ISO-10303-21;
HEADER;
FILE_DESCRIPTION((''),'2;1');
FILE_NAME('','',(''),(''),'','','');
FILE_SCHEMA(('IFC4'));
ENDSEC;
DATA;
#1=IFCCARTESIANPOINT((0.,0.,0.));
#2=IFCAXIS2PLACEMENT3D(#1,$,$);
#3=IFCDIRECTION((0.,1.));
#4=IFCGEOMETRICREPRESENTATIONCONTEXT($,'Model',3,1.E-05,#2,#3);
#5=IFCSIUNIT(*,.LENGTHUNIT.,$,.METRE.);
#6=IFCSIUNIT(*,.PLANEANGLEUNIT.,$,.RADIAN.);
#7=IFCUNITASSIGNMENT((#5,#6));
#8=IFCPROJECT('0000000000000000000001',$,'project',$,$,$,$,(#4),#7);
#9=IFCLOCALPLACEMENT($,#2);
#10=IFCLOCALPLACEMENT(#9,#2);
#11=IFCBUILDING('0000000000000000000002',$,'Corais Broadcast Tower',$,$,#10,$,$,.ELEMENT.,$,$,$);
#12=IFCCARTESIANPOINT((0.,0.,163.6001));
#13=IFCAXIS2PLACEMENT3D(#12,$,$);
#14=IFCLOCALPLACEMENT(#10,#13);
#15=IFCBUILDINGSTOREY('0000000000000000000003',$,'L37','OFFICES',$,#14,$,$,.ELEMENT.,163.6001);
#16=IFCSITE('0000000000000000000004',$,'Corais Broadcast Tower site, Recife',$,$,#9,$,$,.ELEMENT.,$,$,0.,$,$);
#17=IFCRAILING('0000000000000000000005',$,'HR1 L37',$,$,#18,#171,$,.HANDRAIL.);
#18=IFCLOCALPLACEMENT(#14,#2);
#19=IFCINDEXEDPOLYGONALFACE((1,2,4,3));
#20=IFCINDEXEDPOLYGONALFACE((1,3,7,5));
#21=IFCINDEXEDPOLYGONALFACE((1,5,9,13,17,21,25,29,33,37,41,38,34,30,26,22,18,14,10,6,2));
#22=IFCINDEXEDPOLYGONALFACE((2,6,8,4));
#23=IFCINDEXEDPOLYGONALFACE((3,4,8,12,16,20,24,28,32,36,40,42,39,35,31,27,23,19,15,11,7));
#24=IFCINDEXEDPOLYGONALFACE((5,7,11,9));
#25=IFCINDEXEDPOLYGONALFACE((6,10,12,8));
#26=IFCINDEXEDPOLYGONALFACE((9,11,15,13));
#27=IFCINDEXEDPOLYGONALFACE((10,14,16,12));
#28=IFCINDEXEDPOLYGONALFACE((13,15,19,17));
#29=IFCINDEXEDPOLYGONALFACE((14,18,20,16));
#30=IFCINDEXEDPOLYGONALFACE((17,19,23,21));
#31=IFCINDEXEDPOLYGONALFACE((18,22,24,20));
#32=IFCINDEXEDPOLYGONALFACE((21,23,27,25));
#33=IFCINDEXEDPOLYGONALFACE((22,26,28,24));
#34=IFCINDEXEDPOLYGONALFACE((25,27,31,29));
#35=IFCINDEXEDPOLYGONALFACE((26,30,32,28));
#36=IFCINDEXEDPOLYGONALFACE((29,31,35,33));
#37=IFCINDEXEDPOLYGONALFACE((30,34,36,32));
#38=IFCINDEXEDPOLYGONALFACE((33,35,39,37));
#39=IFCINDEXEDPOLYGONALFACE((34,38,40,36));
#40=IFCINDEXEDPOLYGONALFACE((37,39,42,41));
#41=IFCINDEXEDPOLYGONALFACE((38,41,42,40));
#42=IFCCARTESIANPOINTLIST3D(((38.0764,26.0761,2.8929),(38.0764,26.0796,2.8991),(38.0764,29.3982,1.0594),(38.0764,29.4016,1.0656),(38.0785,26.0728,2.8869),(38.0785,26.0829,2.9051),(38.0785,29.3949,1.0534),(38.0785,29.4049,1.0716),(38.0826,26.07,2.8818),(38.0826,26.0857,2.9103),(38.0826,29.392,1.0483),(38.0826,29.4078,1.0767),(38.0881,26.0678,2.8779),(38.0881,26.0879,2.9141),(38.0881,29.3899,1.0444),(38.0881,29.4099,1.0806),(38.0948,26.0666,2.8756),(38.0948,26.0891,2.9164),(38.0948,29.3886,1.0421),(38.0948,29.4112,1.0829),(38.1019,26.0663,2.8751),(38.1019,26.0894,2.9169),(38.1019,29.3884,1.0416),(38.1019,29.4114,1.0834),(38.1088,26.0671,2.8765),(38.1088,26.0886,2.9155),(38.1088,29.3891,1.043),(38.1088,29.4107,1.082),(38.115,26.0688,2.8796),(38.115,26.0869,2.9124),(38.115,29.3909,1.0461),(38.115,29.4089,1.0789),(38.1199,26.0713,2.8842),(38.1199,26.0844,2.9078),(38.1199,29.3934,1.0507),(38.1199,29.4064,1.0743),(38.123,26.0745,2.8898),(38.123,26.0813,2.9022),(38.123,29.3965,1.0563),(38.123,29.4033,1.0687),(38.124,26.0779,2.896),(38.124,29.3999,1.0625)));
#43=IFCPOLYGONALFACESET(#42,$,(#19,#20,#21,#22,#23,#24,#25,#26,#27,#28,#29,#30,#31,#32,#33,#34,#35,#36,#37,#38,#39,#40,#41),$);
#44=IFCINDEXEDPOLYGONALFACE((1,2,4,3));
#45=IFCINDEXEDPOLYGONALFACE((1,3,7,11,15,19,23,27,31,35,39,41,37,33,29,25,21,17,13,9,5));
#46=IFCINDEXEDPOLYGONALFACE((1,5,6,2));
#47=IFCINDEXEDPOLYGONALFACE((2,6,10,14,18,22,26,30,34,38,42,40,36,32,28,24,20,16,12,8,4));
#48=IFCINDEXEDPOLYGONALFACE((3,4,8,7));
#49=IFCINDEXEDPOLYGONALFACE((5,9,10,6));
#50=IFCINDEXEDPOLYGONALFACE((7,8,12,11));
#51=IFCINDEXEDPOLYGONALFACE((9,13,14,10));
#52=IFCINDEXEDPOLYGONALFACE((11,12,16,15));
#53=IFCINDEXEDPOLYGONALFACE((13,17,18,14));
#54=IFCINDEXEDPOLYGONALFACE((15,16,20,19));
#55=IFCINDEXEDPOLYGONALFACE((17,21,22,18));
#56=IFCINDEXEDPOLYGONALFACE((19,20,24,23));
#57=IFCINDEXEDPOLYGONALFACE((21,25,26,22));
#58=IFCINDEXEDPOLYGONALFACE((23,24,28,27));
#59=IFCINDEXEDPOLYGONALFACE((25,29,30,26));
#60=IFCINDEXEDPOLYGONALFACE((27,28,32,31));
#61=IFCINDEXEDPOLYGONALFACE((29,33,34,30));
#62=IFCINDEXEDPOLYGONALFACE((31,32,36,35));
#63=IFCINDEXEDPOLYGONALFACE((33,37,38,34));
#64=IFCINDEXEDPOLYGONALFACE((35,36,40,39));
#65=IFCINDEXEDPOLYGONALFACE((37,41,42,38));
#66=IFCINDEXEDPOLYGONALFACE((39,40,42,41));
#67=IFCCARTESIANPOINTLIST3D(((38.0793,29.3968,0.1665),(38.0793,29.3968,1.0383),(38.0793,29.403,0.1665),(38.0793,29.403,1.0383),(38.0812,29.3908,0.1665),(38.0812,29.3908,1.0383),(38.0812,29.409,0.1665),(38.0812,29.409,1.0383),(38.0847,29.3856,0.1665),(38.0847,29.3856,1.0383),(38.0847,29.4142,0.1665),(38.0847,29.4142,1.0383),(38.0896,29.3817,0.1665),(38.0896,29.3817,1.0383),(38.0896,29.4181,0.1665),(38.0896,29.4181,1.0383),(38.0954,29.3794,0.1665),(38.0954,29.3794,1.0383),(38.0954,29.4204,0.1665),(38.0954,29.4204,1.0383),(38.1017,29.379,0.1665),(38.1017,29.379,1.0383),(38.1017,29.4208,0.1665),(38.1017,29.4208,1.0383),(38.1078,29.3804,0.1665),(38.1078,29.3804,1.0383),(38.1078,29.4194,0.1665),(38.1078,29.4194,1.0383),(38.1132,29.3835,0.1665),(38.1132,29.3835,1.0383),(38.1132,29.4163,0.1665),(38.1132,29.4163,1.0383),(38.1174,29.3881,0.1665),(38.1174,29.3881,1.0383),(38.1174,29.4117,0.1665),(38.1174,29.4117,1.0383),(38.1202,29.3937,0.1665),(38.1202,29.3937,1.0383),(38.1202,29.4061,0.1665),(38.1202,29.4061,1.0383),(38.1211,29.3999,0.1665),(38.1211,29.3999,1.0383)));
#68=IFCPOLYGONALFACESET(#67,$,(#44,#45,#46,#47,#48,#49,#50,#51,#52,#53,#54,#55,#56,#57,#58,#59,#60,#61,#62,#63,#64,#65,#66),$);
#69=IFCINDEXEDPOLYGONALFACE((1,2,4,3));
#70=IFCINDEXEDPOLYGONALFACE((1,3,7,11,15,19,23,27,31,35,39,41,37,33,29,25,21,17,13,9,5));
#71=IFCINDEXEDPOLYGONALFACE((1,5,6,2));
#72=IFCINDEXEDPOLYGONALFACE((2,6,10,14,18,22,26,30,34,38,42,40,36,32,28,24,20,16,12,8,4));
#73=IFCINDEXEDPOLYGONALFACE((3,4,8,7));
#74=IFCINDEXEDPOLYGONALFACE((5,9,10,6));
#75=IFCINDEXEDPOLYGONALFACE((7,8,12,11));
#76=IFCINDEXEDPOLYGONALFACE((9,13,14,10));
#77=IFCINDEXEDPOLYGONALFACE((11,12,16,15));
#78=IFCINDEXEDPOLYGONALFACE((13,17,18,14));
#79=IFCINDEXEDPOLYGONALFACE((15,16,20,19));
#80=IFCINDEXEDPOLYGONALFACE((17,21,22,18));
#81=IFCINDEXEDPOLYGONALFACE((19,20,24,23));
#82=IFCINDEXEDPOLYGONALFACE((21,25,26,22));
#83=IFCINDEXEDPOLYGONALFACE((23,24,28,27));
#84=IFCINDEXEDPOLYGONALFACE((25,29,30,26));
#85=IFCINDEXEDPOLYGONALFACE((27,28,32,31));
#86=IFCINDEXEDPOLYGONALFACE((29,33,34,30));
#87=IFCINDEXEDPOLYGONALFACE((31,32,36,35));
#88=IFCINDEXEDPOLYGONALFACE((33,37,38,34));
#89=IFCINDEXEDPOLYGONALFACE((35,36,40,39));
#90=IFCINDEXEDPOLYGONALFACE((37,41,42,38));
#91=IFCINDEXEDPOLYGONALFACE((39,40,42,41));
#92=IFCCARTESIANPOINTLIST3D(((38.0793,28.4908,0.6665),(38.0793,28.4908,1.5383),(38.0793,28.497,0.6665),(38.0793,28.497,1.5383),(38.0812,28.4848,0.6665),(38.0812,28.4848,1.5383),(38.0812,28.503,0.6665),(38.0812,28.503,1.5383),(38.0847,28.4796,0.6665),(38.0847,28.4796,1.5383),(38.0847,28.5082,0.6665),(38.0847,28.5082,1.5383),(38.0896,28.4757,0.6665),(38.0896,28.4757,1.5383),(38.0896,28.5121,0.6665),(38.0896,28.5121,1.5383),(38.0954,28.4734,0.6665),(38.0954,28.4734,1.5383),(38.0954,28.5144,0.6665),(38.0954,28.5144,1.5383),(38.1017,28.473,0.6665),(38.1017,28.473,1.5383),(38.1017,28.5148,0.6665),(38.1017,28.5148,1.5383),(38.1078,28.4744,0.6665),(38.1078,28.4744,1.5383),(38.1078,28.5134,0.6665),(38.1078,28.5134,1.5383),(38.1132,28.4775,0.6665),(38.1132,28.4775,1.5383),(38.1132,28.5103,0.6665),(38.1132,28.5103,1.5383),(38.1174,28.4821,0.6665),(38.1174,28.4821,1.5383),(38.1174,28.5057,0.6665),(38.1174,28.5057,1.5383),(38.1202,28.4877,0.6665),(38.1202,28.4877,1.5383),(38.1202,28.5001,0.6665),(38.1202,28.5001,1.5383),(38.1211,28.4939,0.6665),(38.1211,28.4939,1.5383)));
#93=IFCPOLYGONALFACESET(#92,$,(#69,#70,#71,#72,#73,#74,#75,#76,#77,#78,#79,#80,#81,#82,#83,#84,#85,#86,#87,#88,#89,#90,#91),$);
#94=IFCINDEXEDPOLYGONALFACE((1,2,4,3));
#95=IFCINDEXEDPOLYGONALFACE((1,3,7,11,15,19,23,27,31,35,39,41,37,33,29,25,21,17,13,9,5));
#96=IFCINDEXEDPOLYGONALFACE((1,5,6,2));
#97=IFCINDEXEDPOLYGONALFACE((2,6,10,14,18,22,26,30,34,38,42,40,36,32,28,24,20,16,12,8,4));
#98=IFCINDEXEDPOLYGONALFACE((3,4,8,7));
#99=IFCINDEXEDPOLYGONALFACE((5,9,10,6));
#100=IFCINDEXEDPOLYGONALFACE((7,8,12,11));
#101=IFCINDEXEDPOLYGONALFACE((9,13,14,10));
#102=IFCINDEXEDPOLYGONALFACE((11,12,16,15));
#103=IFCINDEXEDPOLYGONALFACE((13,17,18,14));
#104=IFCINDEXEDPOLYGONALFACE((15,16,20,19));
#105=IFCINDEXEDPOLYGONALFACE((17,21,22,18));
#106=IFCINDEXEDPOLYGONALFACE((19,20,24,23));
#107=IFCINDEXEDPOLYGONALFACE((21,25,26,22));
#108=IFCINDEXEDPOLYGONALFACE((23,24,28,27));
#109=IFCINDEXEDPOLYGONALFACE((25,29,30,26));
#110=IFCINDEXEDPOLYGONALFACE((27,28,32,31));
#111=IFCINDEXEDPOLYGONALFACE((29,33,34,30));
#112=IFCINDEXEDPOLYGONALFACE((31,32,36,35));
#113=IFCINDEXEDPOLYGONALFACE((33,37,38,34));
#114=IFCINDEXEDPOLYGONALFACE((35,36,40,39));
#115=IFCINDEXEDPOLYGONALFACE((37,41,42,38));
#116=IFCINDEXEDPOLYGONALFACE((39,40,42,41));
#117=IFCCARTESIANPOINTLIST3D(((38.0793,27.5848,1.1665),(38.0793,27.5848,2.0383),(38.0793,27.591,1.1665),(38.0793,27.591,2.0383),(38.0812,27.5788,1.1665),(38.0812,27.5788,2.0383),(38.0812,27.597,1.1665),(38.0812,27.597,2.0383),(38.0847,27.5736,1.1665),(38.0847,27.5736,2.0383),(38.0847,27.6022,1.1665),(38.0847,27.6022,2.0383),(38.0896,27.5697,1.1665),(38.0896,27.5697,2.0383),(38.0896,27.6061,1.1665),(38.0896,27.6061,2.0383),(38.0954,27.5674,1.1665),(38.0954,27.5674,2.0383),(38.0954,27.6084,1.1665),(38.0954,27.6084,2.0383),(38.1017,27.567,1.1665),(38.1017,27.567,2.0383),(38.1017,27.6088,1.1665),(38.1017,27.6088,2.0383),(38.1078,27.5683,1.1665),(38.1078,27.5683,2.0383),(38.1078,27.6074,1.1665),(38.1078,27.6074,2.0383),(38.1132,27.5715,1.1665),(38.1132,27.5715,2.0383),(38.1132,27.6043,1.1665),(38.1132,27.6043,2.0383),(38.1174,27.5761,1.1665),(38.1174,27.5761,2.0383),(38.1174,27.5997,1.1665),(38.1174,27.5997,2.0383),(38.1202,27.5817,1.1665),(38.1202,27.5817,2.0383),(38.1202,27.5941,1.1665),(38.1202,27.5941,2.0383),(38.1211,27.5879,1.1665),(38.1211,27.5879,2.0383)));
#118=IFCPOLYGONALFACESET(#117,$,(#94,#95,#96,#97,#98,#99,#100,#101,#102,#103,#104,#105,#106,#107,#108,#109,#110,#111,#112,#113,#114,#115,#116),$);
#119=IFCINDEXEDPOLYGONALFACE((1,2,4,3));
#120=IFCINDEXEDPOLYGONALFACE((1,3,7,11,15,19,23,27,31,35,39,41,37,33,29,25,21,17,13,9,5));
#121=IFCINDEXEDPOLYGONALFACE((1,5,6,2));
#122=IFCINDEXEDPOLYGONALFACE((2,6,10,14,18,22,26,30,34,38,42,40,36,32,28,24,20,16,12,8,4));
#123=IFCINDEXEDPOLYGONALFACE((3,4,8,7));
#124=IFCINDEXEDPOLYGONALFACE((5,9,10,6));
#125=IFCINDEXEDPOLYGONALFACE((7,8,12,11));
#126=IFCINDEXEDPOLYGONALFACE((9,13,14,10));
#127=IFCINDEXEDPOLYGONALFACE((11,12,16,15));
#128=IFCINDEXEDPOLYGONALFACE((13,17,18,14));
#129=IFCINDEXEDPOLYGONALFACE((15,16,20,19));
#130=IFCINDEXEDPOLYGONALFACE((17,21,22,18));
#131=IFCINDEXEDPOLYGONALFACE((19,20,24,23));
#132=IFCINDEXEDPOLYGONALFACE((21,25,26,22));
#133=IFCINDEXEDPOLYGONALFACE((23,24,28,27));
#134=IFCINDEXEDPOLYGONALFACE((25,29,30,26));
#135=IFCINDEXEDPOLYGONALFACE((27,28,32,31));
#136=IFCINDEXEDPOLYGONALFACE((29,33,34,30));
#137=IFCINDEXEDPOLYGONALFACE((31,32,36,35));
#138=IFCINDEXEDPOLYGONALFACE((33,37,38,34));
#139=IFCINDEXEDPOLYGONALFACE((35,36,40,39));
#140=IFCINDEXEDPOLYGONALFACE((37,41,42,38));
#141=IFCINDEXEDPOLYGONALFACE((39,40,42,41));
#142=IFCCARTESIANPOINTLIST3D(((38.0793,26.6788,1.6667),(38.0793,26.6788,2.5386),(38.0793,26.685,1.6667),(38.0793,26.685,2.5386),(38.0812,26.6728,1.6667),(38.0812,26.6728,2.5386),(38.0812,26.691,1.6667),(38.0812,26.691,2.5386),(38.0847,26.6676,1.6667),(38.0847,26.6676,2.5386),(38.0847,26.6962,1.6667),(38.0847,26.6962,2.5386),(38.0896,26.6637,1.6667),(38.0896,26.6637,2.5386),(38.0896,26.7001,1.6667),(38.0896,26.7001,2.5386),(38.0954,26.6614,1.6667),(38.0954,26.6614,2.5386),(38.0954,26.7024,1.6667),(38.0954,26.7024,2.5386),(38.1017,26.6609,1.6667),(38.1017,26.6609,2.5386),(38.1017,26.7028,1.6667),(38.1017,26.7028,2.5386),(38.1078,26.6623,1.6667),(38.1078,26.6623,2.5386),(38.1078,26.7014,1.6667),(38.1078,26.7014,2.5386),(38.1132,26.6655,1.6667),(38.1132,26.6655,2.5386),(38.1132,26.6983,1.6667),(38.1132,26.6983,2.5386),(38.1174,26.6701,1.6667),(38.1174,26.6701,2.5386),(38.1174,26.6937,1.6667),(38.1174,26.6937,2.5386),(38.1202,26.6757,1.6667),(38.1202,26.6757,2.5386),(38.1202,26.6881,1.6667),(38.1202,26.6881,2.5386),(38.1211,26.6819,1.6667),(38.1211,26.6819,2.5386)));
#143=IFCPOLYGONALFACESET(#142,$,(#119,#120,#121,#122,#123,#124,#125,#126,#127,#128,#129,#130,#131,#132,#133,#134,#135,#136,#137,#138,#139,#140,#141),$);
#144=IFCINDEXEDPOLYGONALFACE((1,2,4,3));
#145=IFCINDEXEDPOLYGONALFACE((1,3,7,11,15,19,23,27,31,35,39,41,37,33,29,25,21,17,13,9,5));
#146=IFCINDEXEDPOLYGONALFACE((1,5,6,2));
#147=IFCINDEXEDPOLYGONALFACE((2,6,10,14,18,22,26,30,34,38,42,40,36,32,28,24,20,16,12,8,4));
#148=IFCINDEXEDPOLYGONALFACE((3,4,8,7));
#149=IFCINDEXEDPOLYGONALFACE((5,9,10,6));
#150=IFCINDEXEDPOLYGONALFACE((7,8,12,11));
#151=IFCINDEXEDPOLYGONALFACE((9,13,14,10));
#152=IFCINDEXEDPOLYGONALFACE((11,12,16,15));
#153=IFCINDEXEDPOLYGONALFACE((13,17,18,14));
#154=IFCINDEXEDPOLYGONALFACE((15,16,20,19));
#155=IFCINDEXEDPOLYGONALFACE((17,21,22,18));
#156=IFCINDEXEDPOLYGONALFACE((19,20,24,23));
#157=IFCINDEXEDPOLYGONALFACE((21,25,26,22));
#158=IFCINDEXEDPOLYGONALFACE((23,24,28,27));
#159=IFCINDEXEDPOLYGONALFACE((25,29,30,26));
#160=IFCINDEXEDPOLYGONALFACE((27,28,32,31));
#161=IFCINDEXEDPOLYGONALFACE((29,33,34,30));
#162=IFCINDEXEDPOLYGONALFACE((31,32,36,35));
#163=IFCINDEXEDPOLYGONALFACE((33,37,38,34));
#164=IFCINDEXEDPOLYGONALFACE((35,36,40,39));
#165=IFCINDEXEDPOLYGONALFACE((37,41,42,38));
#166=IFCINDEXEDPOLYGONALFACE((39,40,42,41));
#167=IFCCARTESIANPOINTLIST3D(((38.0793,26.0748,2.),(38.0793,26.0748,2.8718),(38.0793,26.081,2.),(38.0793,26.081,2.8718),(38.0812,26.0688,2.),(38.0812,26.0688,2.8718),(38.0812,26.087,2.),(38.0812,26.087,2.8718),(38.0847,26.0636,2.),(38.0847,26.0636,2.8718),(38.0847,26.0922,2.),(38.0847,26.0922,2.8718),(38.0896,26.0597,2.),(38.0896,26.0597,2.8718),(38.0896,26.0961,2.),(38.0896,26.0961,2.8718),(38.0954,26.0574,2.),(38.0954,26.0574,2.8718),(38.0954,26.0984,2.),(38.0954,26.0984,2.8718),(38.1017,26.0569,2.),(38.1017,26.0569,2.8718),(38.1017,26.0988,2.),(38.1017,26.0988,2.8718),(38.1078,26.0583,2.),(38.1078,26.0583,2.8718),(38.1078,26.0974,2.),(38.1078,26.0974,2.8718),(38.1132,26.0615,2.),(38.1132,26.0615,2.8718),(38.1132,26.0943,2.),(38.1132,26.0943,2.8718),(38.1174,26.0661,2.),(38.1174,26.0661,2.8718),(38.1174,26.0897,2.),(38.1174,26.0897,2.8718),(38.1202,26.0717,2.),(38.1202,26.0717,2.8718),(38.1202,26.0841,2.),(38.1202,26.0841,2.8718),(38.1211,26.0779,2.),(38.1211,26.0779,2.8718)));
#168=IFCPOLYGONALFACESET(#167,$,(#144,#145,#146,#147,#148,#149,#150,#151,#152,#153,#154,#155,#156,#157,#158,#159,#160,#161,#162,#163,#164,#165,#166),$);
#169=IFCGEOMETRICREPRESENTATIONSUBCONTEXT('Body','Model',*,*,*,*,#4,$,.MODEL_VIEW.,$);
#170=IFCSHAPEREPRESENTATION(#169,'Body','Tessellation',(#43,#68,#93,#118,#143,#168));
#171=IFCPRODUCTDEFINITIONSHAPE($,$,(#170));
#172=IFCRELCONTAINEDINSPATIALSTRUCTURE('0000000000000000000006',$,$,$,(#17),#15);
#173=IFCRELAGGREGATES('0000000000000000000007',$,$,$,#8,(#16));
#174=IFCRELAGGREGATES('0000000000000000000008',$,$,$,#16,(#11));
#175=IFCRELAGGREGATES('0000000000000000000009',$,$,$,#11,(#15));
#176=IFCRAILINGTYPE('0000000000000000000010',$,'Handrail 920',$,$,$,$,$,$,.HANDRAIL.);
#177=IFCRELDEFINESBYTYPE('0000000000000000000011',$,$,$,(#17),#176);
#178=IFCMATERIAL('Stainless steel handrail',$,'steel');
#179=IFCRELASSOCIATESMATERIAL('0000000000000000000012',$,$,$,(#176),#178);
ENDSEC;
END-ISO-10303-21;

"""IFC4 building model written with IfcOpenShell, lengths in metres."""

from ifc_helpers import new_model, si_unit, direction, frame, origin, origin_2d, place, context, subcontext, project, spatial, circle, extrude, material, type_object, element, save


model = new_model("IFC4")

# Units and contexts
model_context = context("Model", 3, precision=1e-05, world=origin(), true_north=direction((0.0, 1.0)))
body_context = subcontext(model_context, "Body", "Model", "MODEL_VIEW")
ifc_project = project(units=[si_unit("LENGTHUNIT", "METRE"), si_unit("PLANEANGLEUNIT", "RADIAN")], contexts=[model_context])

# Site, building, storey
site_placement = place(None, origin())
site = spatial("IfcSite", under=ifc_project, at=site_placement, Name="Corais Broadcast Tower site, Recife", CompositionType="ELEMENT", RefElevation=0.0)
building_placement = place(site_placement, origin())
building = spatial("IfcBuilding", under=site, at=building_placement, Name="Corais Broadcast Tower", CompositionType="ELEMENT")
storey_placement = place(building_placement, frame((0.0, 0.0, 163.6001)))
storey = spatial("IfcBuildingStorey", under=building, at=storey_placement, Name="L37", Description="OFFICES", CompositionType="ELEMENT", Elevation=163.6001)

# Railing
ifc_material_1 = material(Name="Stainless steel handrail", Category="steel")
railing_type = type_object("IfcRailingType", Name="Handrail 920", PredefinedType="HANDRAIL", material=ifc_material_1)
for number, where, name in (
    (1, (38.1001, 29.3999, 0.1665), "HR1 L37"),
):
    element("IfcRailing", number, at=place(storey_placement, frame(where)), inside=storey, type_object=railing_type, Name=name, PredefinedType="HANDRAIL", context=body_context, shape_type="SweptSolid", body=[
        extrude(circle(Radius=0.0239, at=origin_2d()), frame((0.0, 0.0, 0.896), z_axis=(0.0, -0.875504, 0.48321), x_axis=(1.0, 0.0, 0.0)), (0.0, 0.0, 1.0), 3.7944),
        extrude(circle(Radius=0.021, at=origin_2d()), origin(), (0.0, 0.0, 1.0), 0.8718),
        extrude(circle(Radius=0.021, at=origin_2d()), frame((0.0, -0.906, 0.5)), (0.0, 0.0, 1.0), 0.8718),
        extrude(circle(Radius=0.021, at=origin_2d()), frame((0.0, -1.812, 1.0)), (0.0, 0.0, 1.0), 0.8718),
        extrude(circle(Radius=0.021, at=origin_2d()), frame((0.0, -2.718, 1.5002)), (0.0, 0.0, 1.0), 0.8718),
        extrude(circle(Radius=0.021, at=origin_2d()), frame((0.0, -3.322, 1.8335)), (0.0, 0.0, 1.0), 0.8718),
    ])

save(model, "model.ifc")
